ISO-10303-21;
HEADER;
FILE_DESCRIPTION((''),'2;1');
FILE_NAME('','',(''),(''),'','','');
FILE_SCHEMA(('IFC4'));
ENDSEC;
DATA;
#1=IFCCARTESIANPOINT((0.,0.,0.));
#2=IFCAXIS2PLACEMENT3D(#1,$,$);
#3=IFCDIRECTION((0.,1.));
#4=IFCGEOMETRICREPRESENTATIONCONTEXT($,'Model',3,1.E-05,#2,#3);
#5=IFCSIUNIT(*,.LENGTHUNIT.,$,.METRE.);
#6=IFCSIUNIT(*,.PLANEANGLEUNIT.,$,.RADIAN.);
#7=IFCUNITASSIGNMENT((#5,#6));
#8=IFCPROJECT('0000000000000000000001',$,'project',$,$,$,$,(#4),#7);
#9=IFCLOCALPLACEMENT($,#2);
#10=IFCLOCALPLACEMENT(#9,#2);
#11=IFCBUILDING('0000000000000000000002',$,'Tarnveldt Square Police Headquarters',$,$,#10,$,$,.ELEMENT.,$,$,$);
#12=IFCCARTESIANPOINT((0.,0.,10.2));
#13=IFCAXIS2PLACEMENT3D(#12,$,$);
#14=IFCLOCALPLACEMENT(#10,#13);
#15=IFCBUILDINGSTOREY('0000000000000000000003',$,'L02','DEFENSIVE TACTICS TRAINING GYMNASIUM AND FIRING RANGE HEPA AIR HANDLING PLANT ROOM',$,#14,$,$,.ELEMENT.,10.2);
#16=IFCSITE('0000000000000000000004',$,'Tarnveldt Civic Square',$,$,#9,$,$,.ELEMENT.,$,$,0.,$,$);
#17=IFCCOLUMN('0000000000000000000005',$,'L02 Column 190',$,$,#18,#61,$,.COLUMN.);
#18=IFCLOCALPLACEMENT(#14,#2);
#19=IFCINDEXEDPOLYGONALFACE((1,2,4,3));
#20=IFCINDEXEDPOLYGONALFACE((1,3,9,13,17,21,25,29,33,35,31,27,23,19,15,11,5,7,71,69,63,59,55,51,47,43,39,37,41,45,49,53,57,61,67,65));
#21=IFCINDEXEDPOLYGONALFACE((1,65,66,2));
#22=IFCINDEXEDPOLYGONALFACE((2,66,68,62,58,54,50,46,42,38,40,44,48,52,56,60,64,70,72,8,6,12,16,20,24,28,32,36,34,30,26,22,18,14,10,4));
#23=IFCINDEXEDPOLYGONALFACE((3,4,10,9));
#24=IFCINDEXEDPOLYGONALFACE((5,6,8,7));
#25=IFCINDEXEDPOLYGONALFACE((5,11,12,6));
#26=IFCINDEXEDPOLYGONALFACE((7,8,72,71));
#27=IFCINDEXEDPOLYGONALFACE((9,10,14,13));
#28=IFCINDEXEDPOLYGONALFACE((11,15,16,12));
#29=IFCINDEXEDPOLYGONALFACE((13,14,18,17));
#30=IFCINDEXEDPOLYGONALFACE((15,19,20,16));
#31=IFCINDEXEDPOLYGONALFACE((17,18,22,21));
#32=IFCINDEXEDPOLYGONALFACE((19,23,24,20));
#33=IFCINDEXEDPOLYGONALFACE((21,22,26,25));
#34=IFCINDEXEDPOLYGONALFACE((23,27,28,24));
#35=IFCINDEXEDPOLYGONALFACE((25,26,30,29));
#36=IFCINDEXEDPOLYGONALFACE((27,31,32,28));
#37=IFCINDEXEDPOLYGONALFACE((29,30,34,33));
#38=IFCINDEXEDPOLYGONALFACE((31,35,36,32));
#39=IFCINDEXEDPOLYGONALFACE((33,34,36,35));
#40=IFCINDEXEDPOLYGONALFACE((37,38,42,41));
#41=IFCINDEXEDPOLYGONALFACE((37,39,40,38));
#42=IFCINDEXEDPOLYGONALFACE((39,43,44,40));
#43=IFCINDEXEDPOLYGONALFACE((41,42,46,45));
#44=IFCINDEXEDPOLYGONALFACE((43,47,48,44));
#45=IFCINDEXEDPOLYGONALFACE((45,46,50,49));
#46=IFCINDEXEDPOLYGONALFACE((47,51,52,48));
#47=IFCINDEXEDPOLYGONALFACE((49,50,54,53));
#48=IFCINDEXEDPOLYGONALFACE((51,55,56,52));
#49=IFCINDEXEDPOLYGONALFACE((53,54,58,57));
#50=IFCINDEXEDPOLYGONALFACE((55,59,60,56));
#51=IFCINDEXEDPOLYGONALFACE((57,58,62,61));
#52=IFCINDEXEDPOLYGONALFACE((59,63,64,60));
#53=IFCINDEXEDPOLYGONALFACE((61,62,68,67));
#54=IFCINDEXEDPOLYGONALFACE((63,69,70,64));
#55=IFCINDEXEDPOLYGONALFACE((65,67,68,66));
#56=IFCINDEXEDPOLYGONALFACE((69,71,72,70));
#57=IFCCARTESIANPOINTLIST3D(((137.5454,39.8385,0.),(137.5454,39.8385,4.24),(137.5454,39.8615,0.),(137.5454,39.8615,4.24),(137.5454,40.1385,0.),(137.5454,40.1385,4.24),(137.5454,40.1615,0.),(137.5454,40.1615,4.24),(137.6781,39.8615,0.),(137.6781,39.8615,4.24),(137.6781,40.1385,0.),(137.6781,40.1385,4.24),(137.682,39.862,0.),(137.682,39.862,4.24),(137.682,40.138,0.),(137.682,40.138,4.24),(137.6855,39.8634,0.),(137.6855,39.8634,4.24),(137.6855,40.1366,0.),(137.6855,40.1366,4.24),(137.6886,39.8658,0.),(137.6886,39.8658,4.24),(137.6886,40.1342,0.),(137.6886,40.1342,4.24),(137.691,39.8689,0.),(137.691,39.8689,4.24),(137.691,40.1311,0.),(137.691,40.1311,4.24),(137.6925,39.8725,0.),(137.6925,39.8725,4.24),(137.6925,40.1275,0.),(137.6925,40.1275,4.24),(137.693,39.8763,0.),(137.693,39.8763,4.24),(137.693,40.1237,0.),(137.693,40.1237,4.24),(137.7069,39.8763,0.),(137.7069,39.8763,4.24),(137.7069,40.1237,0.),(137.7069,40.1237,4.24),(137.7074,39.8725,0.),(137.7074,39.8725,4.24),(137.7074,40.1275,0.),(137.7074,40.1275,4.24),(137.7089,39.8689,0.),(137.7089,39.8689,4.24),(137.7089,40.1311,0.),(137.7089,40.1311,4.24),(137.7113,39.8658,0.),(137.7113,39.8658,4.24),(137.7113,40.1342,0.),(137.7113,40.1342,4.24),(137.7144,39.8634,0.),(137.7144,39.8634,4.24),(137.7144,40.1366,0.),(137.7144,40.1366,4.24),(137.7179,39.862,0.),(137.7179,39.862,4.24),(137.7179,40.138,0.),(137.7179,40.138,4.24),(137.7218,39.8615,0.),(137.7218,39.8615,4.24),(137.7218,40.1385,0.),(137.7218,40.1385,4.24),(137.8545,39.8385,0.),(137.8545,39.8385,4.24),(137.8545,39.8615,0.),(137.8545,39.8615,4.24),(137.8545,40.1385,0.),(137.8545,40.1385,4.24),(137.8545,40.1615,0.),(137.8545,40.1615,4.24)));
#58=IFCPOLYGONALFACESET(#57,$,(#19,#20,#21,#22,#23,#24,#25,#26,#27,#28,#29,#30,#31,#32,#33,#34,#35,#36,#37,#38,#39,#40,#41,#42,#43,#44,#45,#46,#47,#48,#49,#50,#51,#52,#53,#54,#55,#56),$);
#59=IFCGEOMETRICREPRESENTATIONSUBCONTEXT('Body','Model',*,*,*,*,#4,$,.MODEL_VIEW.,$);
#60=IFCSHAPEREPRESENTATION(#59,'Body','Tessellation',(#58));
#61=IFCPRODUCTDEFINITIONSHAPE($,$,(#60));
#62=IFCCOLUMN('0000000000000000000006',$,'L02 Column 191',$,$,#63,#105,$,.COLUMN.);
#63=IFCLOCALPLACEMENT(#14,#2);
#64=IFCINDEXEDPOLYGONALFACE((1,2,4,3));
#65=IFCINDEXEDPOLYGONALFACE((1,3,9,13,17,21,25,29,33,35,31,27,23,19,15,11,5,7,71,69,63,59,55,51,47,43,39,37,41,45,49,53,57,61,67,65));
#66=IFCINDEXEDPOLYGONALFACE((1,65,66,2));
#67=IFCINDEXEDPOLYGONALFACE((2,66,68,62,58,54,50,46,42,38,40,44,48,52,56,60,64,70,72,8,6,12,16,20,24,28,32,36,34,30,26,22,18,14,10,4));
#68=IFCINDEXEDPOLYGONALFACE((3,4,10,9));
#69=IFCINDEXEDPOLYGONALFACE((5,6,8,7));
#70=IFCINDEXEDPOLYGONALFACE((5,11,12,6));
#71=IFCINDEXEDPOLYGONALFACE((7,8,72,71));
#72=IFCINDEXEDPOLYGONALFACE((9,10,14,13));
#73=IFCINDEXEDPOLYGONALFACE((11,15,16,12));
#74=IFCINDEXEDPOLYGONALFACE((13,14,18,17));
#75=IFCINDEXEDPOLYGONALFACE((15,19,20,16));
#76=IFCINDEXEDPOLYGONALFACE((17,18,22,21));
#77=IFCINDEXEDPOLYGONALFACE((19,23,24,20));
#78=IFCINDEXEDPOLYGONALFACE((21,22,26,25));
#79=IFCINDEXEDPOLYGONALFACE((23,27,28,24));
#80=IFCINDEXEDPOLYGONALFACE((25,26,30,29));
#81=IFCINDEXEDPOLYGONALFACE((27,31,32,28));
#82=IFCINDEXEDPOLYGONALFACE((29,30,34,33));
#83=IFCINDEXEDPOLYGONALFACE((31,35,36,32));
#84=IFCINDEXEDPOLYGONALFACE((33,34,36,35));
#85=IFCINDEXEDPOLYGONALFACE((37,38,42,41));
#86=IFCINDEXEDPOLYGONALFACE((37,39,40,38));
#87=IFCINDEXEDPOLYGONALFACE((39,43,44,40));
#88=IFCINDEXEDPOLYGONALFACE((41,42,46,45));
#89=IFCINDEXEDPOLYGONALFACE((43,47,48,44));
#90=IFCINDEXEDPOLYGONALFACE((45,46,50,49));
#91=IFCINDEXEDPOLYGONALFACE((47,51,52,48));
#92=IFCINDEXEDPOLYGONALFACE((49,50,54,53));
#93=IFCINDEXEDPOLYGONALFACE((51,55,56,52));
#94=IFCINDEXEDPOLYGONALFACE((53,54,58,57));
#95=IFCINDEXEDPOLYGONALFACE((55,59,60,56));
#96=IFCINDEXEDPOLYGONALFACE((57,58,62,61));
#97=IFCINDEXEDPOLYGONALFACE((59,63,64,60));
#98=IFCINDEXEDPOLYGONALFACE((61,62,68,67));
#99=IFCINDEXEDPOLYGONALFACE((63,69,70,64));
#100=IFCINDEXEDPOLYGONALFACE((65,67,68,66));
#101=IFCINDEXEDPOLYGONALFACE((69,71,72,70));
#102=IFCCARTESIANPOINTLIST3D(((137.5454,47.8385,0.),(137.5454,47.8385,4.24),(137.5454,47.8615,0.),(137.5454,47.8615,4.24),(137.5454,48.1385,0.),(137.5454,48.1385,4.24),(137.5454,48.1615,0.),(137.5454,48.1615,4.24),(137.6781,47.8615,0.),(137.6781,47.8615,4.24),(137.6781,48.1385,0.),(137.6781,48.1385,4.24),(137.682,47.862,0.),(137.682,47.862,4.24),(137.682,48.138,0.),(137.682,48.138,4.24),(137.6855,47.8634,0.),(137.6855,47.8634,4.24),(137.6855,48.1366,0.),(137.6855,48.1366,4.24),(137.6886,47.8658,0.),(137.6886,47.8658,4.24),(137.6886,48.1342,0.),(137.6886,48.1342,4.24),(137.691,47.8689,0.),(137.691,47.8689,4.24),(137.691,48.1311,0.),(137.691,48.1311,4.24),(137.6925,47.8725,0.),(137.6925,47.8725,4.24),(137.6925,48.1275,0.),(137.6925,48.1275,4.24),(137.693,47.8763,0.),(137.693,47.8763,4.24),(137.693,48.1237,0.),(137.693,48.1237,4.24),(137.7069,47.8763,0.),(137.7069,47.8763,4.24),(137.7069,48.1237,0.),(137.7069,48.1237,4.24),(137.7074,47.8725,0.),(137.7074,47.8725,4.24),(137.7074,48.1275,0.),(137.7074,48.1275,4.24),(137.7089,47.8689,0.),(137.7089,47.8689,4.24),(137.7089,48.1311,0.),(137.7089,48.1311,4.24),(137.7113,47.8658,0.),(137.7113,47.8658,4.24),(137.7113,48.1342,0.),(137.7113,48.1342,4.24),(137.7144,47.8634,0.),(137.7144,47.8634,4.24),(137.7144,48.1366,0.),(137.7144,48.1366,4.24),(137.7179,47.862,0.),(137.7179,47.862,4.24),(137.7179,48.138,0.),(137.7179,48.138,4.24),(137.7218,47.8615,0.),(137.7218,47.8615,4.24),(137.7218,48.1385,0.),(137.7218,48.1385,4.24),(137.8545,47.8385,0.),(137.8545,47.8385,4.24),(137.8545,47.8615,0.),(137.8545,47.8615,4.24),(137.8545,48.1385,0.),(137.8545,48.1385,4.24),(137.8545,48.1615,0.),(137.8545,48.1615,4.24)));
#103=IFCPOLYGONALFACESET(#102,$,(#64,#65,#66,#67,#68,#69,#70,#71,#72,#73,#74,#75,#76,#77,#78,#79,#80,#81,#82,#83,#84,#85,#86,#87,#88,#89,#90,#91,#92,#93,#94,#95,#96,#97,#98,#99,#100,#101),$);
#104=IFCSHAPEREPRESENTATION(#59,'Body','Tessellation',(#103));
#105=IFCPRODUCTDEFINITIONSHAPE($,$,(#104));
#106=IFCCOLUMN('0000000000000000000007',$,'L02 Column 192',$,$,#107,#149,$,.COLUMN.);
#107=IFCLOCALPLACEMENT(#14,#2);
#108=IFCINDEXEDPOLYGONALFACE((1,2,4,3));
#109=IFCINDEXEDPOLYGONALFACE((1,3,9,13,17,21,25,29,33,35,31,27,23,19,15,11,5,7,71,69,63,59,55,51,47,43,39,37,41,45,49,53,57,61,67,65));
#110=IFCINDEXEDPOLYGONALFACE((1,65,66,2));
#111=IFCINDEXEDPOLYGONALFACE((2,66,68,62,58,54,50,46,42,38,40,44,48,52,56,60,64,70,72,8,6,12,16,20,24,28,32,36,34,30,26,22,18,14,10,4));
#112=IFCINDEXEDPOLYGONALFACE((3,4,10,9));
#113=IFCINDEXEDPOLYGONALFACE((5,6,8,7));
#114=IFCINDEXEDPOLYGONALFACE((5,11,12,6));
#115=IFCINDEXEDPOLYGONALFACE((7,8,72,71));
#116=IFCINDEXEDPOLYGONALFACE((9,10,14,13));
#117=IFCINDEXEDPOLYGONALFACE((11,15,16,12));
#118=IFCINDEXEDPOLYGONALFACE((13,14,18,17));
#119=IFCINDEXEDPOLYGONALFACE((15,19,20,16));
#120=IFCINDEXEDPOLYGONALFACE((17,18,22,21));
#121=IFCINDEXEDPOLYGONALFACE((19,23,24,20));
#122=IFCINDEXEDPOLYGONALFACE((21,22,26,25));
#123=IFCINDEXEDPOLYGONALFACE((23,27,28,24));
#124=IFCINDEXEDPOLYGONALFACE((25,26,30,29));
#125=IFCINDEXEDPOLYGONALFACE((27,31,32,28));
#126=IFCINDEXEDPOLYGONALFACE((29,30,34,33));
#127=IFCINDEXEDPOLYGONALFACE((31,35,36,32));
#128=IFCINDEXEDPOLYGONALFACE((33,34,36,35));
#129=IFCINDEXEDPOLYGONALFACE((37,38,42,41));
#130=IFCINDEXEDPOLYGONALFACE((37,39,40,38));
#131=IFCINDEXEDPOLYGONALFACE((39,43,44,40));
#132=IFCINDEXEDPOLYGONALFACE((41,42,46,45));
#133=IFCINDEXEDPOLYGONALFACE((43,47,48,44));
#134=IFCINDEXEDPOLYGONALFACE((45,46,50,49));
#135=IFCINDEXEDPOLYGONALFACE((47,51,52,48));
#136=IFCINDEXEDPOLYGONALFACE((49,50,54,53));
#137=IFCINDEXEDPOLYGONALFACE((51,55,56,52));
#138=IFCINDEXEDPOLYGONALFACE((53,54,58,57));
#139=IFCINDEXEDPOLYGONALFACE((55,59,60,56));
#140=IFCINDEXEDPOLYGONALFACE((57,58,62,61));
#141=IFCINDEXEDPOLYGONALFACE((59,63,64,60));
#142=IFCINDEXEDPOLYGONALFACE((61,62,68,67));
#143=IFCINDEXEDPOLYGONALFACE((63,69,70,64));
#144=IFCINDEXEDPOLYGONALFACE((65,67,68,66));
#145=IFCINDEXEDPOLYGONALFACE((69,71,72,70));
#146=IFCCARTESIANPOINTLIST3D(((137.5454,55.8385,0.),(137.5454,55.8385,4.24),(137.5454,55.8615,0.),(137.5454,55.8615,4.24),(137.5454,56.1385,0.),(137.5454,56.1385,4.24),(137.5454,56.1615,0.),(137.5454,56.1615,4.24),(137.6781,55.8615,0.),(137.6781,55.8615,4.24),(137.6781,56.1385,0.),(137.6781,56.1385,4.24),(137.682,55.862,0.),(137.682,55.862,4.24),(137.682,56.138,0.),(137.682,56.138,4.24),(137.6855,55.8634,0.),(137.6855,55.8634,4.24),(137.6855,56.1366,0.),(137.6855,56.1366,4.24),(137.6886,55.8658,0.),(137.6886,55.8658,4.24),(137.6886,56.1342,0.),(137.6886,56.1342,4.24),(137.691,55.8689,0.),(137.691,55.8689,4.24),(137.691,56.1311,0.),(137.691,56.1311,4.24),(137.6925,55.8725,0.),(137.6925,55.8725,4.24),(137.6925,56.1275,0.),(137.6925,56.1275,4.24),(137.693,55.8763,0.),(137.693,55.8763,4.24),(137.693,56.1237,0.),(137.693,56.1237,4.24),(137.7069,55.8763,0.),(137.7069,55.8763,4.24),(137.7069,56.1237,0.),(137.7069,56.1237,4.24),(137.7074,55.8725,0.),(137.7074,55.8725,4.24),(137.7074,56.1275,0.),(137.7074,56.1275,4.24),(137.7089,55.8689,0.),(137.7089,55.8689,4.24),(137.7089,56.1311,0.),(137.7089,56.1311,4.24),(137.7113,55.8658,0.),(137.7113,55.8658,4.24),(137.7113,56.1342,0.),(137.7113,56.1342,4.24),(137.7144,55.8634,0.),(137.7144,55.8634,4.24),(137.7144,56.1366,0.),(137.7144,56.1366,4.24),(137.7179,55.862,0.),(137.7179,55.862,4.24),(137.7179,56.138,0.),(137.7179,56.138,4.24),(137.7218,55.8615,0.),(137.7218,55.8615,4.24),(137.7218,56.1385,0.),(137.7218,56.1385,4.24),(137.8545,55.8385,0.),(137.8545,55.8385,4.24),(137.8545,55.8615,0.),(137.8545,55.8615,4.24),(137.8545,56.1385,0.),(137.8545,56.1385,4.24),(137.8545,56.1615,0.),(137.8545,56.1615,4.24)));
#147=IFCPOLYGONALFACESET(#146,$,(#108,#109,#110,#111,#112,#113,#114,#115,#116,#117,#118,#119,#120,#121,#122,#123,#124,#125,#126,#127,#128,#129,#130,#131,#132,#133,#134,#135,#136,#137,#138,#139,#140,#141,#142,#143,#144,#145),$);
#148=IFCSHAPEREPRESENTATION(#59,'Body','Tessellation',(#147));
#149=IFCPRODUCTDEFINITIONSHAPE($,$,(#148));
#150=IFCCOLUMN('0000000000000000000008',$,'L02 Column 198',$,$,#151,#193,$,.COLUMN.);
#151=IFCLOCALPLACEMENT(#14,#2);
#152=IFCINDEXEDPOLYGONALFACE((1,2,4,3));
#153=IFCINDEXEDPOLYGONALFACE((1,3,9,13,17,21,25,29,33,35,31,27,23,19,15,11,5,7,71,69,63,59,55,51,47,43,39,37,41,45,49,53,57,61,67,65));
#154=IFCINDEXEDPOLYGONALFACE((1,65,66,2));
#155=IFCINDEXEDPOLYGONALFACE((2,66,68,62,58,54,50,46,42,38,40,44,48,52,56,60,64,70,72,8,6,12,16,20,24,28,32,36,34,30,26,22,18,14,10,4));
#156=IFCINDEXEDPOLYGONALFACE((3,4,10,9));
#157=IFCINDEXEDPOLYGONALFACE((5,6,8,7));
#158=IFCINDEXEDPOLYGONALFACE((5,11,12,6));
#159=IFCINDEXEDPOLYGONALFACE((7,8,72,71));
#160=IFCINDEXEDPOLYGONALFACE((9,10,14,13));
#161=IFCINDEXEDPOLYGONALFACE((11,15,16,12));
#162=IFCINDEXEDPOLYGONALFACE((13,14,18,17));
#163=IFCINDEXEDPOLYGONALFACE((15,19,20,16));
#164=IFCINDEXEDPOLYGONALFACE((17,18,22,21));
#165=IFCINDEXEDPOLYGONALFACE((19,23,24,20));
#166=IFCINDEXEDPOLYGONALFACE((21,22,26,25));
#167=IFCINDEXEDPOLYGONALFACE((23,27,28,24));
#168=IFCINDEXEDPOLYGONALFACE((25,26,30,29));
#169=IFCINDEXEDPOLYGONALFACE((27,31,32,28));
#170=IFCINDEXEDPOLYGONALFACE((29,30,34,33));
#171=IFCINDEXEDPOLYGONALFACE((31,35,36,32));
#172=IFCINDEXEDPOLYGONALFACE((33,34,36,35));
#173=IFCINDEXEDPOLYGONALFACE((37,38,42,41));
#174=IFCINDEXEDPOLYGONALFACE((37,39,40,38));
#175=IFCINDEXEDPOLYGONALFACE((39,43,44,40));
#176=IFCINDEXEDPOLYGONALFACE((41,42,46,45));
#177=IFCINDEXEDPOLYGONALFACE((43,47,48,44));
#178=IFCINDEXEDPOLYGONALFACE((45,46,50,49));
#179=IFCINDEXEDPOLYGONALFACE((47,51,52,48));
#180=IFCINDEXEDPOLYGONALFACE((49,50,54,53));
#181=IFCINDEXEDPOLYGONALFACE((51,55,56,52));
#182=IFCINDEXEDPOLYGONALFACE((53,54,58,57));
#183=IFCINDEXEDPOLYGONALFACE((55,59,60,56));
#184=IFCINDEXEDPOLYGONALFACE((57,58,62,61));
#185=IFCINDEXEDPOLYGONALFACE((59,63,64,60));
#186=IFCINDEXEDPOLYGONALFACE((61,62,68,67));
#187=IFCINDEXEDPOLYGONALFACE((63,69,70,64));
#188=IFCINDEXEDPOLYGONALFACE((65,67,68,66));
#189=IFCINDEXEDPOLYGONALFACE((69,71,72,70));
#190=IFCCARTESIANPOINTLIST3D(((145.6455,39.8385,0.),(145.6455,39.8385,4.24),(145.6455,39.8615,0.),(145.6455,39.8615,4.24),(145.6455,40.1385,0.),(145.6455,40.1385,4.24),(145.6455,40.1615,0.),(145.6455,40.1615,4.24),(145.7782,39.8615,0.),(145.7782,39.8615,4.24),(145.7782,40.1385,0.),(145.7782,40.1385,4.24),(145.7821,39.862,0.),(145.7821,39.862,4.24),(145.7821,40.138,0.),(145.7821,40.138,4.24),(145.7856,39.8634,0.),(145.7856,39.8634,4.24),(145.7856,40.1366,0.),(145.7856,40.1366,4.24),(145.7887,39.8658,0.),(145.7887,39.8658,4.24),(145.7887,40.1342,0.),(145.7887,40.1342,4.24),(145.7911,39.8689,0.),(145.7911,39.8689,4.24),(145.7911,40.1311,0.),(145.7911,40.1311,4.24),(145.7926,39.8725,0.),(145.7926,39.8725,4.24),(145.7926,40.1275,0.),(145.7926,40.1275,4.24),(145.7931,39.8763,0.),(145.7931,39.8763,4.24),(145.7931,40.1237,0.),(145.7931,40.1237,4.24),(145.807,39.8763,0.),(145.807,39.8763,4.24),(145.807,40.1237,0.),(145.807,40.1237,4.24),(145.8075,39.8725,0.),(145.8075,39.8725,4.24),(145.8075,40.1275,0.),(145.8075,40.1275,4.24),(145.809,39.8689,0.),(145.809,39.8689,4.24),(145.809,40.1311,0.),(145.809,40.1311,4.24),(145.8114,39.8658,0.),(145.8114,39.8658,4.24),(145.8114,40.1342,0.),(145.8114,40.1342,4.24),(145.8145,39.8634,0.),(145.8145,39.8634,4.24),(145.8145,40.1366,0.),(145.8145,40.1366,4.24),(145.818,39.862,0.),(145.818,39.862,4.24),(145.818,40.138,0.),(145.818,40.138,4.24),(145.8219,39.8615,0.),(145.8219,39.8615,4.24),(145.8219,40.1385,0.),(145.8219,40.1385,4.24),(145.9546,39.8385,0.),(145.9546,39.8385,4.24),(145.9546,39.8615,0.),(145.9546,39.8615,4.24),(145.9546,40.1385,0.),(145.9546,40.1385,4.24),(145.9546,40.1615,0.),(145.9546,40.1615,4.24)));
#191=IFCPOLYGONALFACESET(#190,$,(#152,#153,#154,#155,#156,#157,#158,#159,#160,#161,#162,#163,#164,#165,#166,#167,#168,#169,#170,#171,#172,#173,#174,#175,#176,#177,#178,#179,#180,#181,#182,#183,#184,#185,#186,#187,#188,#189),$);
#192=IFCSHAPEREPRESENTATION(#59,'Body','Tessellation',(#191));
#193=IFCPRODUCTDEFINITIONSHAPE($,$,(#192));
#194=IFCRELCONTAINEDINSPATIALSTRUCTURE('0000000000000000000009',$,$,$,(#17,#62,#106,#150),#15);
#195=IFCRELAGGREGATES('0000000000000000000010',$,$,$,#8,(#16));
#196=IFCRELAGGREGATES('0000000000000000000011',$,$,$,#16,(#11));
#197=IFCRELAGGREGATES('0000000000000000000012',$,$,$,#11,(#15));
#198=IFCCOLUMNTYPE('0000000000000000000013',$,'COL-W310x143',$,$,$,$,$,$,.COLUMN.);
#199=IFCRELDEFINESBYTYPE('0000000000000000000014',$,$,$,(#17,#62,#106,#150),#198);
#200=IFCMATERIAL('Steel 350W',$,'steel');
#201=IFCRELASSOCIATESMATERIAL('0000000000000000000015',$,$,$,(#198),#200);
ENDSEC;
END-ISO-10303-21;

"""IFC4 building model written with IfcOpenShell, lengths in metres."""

from ifc_helpers import new_model, si_unit, direction, frame, origin, origin_2d, place, context, subcontext, project, spatial, i_section, extrude, material, material_profile, profile_set, type_object, element, save


model = new_model("IFC4")

# Units and contexts
model_context = context("Model", 3, precision=1e-05, world=origin(), true_north=direction((0.0, 1.0)))
body_context = subcontext(model_context, "Body", "Model", "MODEL_VIEW")
ifc_project = project(units=[si_unit("LENGTHUNIT", "METRE"), si_unit("PLANEANGLEUNIT", "RADIAN")], contexts=[model_context])

# Site, building, storey
site_placement = place(None, origin())
site = spatial("IfcSite", under=ifc_project, at=site_placement, Name="Tarnveldt Civic Square", CompositionType="ELEMENT", RefElevation=0.0)
building_placement = place(site_placement, origin())
building = spatial("IfcBuilding", under=site, at=building_placement, Name="Tarnveldt Square Police Headquarters", CompositionType="ELEMENT")
storey_placement = place(building_placement, frame((0.0, 0.0, 10.2)))
storey = spatial("IfcBuildingStorey", under=building, at=storey_placement, Name="L02", Description="DEFENSIVE TACTICS TRAINING GYMNASIUM AND FIRING RANGE HEPA AIR HANDLING PLANT ROOM", CompositionType="ELEMENT", Elevation=10.2)

# Columns
ifc_material_1 = material(Name="Steel 350W", Category="steel")
ifc_material_profile_1 = material_profile(ifc_material_1, i_section(OverallWidth=0.3091, OverallDepth=0.323, WebThickness=0.0139, FlangeThickness=0.0229, FilletRadius=0.0149, at=origin_2d()), Name="W310x143")
ifc_profile_set_1 = profile_set([ifc_material_profile_1], Name="Steel 350W")
column_type = type_object("IfcColumnType", Name="COL-W310x143", PredefinedType="COLUMN", material=ifc_profile_set_1)
for number, where, z_axis, x_axis, name in (
    (1, (137.7, 40.0, 0.0), (0.0, 0.0, 1.0), (1.0, 0.0, 0.0), "L02 Column 190"),
    (2, (137.7, 48.0, 0.0), (0.0, 0.0, 1.0), (1.0, 0.0, 0.0), "L02 Column 191"),
    (3, (137.7, 56.0, 0.0), (0.0, 0.0, 1.0), (1.0, 0.0, 0.0), "L02 Column 192"),
    (4, (145.8, 40.0, 0.0), (0.0, 0.0, 1.0), (1.0, 0.0, 0.0), "L02 Column 198"),
):
    element("IfcColumn", number, at=place(storey_placement, frame(where, z_axis=z_axis, x_axis=x_axis)), inside=storey, type_object=column_type, Name=name, PredefinedType="COLUMN", context=body_context, shape_type="SweptSolid", body=[
        extrude(i_section(OverallWidth=0.3091, OverallDepth=0.323, WebThickness=0.0139, FlangeThickness=0.0229, FilletRadius=0.0149, at=origin_2d()), origin(), (0.0, 0.0, 1.0), 4.24),
    ])

save(model, "model.ifc")
